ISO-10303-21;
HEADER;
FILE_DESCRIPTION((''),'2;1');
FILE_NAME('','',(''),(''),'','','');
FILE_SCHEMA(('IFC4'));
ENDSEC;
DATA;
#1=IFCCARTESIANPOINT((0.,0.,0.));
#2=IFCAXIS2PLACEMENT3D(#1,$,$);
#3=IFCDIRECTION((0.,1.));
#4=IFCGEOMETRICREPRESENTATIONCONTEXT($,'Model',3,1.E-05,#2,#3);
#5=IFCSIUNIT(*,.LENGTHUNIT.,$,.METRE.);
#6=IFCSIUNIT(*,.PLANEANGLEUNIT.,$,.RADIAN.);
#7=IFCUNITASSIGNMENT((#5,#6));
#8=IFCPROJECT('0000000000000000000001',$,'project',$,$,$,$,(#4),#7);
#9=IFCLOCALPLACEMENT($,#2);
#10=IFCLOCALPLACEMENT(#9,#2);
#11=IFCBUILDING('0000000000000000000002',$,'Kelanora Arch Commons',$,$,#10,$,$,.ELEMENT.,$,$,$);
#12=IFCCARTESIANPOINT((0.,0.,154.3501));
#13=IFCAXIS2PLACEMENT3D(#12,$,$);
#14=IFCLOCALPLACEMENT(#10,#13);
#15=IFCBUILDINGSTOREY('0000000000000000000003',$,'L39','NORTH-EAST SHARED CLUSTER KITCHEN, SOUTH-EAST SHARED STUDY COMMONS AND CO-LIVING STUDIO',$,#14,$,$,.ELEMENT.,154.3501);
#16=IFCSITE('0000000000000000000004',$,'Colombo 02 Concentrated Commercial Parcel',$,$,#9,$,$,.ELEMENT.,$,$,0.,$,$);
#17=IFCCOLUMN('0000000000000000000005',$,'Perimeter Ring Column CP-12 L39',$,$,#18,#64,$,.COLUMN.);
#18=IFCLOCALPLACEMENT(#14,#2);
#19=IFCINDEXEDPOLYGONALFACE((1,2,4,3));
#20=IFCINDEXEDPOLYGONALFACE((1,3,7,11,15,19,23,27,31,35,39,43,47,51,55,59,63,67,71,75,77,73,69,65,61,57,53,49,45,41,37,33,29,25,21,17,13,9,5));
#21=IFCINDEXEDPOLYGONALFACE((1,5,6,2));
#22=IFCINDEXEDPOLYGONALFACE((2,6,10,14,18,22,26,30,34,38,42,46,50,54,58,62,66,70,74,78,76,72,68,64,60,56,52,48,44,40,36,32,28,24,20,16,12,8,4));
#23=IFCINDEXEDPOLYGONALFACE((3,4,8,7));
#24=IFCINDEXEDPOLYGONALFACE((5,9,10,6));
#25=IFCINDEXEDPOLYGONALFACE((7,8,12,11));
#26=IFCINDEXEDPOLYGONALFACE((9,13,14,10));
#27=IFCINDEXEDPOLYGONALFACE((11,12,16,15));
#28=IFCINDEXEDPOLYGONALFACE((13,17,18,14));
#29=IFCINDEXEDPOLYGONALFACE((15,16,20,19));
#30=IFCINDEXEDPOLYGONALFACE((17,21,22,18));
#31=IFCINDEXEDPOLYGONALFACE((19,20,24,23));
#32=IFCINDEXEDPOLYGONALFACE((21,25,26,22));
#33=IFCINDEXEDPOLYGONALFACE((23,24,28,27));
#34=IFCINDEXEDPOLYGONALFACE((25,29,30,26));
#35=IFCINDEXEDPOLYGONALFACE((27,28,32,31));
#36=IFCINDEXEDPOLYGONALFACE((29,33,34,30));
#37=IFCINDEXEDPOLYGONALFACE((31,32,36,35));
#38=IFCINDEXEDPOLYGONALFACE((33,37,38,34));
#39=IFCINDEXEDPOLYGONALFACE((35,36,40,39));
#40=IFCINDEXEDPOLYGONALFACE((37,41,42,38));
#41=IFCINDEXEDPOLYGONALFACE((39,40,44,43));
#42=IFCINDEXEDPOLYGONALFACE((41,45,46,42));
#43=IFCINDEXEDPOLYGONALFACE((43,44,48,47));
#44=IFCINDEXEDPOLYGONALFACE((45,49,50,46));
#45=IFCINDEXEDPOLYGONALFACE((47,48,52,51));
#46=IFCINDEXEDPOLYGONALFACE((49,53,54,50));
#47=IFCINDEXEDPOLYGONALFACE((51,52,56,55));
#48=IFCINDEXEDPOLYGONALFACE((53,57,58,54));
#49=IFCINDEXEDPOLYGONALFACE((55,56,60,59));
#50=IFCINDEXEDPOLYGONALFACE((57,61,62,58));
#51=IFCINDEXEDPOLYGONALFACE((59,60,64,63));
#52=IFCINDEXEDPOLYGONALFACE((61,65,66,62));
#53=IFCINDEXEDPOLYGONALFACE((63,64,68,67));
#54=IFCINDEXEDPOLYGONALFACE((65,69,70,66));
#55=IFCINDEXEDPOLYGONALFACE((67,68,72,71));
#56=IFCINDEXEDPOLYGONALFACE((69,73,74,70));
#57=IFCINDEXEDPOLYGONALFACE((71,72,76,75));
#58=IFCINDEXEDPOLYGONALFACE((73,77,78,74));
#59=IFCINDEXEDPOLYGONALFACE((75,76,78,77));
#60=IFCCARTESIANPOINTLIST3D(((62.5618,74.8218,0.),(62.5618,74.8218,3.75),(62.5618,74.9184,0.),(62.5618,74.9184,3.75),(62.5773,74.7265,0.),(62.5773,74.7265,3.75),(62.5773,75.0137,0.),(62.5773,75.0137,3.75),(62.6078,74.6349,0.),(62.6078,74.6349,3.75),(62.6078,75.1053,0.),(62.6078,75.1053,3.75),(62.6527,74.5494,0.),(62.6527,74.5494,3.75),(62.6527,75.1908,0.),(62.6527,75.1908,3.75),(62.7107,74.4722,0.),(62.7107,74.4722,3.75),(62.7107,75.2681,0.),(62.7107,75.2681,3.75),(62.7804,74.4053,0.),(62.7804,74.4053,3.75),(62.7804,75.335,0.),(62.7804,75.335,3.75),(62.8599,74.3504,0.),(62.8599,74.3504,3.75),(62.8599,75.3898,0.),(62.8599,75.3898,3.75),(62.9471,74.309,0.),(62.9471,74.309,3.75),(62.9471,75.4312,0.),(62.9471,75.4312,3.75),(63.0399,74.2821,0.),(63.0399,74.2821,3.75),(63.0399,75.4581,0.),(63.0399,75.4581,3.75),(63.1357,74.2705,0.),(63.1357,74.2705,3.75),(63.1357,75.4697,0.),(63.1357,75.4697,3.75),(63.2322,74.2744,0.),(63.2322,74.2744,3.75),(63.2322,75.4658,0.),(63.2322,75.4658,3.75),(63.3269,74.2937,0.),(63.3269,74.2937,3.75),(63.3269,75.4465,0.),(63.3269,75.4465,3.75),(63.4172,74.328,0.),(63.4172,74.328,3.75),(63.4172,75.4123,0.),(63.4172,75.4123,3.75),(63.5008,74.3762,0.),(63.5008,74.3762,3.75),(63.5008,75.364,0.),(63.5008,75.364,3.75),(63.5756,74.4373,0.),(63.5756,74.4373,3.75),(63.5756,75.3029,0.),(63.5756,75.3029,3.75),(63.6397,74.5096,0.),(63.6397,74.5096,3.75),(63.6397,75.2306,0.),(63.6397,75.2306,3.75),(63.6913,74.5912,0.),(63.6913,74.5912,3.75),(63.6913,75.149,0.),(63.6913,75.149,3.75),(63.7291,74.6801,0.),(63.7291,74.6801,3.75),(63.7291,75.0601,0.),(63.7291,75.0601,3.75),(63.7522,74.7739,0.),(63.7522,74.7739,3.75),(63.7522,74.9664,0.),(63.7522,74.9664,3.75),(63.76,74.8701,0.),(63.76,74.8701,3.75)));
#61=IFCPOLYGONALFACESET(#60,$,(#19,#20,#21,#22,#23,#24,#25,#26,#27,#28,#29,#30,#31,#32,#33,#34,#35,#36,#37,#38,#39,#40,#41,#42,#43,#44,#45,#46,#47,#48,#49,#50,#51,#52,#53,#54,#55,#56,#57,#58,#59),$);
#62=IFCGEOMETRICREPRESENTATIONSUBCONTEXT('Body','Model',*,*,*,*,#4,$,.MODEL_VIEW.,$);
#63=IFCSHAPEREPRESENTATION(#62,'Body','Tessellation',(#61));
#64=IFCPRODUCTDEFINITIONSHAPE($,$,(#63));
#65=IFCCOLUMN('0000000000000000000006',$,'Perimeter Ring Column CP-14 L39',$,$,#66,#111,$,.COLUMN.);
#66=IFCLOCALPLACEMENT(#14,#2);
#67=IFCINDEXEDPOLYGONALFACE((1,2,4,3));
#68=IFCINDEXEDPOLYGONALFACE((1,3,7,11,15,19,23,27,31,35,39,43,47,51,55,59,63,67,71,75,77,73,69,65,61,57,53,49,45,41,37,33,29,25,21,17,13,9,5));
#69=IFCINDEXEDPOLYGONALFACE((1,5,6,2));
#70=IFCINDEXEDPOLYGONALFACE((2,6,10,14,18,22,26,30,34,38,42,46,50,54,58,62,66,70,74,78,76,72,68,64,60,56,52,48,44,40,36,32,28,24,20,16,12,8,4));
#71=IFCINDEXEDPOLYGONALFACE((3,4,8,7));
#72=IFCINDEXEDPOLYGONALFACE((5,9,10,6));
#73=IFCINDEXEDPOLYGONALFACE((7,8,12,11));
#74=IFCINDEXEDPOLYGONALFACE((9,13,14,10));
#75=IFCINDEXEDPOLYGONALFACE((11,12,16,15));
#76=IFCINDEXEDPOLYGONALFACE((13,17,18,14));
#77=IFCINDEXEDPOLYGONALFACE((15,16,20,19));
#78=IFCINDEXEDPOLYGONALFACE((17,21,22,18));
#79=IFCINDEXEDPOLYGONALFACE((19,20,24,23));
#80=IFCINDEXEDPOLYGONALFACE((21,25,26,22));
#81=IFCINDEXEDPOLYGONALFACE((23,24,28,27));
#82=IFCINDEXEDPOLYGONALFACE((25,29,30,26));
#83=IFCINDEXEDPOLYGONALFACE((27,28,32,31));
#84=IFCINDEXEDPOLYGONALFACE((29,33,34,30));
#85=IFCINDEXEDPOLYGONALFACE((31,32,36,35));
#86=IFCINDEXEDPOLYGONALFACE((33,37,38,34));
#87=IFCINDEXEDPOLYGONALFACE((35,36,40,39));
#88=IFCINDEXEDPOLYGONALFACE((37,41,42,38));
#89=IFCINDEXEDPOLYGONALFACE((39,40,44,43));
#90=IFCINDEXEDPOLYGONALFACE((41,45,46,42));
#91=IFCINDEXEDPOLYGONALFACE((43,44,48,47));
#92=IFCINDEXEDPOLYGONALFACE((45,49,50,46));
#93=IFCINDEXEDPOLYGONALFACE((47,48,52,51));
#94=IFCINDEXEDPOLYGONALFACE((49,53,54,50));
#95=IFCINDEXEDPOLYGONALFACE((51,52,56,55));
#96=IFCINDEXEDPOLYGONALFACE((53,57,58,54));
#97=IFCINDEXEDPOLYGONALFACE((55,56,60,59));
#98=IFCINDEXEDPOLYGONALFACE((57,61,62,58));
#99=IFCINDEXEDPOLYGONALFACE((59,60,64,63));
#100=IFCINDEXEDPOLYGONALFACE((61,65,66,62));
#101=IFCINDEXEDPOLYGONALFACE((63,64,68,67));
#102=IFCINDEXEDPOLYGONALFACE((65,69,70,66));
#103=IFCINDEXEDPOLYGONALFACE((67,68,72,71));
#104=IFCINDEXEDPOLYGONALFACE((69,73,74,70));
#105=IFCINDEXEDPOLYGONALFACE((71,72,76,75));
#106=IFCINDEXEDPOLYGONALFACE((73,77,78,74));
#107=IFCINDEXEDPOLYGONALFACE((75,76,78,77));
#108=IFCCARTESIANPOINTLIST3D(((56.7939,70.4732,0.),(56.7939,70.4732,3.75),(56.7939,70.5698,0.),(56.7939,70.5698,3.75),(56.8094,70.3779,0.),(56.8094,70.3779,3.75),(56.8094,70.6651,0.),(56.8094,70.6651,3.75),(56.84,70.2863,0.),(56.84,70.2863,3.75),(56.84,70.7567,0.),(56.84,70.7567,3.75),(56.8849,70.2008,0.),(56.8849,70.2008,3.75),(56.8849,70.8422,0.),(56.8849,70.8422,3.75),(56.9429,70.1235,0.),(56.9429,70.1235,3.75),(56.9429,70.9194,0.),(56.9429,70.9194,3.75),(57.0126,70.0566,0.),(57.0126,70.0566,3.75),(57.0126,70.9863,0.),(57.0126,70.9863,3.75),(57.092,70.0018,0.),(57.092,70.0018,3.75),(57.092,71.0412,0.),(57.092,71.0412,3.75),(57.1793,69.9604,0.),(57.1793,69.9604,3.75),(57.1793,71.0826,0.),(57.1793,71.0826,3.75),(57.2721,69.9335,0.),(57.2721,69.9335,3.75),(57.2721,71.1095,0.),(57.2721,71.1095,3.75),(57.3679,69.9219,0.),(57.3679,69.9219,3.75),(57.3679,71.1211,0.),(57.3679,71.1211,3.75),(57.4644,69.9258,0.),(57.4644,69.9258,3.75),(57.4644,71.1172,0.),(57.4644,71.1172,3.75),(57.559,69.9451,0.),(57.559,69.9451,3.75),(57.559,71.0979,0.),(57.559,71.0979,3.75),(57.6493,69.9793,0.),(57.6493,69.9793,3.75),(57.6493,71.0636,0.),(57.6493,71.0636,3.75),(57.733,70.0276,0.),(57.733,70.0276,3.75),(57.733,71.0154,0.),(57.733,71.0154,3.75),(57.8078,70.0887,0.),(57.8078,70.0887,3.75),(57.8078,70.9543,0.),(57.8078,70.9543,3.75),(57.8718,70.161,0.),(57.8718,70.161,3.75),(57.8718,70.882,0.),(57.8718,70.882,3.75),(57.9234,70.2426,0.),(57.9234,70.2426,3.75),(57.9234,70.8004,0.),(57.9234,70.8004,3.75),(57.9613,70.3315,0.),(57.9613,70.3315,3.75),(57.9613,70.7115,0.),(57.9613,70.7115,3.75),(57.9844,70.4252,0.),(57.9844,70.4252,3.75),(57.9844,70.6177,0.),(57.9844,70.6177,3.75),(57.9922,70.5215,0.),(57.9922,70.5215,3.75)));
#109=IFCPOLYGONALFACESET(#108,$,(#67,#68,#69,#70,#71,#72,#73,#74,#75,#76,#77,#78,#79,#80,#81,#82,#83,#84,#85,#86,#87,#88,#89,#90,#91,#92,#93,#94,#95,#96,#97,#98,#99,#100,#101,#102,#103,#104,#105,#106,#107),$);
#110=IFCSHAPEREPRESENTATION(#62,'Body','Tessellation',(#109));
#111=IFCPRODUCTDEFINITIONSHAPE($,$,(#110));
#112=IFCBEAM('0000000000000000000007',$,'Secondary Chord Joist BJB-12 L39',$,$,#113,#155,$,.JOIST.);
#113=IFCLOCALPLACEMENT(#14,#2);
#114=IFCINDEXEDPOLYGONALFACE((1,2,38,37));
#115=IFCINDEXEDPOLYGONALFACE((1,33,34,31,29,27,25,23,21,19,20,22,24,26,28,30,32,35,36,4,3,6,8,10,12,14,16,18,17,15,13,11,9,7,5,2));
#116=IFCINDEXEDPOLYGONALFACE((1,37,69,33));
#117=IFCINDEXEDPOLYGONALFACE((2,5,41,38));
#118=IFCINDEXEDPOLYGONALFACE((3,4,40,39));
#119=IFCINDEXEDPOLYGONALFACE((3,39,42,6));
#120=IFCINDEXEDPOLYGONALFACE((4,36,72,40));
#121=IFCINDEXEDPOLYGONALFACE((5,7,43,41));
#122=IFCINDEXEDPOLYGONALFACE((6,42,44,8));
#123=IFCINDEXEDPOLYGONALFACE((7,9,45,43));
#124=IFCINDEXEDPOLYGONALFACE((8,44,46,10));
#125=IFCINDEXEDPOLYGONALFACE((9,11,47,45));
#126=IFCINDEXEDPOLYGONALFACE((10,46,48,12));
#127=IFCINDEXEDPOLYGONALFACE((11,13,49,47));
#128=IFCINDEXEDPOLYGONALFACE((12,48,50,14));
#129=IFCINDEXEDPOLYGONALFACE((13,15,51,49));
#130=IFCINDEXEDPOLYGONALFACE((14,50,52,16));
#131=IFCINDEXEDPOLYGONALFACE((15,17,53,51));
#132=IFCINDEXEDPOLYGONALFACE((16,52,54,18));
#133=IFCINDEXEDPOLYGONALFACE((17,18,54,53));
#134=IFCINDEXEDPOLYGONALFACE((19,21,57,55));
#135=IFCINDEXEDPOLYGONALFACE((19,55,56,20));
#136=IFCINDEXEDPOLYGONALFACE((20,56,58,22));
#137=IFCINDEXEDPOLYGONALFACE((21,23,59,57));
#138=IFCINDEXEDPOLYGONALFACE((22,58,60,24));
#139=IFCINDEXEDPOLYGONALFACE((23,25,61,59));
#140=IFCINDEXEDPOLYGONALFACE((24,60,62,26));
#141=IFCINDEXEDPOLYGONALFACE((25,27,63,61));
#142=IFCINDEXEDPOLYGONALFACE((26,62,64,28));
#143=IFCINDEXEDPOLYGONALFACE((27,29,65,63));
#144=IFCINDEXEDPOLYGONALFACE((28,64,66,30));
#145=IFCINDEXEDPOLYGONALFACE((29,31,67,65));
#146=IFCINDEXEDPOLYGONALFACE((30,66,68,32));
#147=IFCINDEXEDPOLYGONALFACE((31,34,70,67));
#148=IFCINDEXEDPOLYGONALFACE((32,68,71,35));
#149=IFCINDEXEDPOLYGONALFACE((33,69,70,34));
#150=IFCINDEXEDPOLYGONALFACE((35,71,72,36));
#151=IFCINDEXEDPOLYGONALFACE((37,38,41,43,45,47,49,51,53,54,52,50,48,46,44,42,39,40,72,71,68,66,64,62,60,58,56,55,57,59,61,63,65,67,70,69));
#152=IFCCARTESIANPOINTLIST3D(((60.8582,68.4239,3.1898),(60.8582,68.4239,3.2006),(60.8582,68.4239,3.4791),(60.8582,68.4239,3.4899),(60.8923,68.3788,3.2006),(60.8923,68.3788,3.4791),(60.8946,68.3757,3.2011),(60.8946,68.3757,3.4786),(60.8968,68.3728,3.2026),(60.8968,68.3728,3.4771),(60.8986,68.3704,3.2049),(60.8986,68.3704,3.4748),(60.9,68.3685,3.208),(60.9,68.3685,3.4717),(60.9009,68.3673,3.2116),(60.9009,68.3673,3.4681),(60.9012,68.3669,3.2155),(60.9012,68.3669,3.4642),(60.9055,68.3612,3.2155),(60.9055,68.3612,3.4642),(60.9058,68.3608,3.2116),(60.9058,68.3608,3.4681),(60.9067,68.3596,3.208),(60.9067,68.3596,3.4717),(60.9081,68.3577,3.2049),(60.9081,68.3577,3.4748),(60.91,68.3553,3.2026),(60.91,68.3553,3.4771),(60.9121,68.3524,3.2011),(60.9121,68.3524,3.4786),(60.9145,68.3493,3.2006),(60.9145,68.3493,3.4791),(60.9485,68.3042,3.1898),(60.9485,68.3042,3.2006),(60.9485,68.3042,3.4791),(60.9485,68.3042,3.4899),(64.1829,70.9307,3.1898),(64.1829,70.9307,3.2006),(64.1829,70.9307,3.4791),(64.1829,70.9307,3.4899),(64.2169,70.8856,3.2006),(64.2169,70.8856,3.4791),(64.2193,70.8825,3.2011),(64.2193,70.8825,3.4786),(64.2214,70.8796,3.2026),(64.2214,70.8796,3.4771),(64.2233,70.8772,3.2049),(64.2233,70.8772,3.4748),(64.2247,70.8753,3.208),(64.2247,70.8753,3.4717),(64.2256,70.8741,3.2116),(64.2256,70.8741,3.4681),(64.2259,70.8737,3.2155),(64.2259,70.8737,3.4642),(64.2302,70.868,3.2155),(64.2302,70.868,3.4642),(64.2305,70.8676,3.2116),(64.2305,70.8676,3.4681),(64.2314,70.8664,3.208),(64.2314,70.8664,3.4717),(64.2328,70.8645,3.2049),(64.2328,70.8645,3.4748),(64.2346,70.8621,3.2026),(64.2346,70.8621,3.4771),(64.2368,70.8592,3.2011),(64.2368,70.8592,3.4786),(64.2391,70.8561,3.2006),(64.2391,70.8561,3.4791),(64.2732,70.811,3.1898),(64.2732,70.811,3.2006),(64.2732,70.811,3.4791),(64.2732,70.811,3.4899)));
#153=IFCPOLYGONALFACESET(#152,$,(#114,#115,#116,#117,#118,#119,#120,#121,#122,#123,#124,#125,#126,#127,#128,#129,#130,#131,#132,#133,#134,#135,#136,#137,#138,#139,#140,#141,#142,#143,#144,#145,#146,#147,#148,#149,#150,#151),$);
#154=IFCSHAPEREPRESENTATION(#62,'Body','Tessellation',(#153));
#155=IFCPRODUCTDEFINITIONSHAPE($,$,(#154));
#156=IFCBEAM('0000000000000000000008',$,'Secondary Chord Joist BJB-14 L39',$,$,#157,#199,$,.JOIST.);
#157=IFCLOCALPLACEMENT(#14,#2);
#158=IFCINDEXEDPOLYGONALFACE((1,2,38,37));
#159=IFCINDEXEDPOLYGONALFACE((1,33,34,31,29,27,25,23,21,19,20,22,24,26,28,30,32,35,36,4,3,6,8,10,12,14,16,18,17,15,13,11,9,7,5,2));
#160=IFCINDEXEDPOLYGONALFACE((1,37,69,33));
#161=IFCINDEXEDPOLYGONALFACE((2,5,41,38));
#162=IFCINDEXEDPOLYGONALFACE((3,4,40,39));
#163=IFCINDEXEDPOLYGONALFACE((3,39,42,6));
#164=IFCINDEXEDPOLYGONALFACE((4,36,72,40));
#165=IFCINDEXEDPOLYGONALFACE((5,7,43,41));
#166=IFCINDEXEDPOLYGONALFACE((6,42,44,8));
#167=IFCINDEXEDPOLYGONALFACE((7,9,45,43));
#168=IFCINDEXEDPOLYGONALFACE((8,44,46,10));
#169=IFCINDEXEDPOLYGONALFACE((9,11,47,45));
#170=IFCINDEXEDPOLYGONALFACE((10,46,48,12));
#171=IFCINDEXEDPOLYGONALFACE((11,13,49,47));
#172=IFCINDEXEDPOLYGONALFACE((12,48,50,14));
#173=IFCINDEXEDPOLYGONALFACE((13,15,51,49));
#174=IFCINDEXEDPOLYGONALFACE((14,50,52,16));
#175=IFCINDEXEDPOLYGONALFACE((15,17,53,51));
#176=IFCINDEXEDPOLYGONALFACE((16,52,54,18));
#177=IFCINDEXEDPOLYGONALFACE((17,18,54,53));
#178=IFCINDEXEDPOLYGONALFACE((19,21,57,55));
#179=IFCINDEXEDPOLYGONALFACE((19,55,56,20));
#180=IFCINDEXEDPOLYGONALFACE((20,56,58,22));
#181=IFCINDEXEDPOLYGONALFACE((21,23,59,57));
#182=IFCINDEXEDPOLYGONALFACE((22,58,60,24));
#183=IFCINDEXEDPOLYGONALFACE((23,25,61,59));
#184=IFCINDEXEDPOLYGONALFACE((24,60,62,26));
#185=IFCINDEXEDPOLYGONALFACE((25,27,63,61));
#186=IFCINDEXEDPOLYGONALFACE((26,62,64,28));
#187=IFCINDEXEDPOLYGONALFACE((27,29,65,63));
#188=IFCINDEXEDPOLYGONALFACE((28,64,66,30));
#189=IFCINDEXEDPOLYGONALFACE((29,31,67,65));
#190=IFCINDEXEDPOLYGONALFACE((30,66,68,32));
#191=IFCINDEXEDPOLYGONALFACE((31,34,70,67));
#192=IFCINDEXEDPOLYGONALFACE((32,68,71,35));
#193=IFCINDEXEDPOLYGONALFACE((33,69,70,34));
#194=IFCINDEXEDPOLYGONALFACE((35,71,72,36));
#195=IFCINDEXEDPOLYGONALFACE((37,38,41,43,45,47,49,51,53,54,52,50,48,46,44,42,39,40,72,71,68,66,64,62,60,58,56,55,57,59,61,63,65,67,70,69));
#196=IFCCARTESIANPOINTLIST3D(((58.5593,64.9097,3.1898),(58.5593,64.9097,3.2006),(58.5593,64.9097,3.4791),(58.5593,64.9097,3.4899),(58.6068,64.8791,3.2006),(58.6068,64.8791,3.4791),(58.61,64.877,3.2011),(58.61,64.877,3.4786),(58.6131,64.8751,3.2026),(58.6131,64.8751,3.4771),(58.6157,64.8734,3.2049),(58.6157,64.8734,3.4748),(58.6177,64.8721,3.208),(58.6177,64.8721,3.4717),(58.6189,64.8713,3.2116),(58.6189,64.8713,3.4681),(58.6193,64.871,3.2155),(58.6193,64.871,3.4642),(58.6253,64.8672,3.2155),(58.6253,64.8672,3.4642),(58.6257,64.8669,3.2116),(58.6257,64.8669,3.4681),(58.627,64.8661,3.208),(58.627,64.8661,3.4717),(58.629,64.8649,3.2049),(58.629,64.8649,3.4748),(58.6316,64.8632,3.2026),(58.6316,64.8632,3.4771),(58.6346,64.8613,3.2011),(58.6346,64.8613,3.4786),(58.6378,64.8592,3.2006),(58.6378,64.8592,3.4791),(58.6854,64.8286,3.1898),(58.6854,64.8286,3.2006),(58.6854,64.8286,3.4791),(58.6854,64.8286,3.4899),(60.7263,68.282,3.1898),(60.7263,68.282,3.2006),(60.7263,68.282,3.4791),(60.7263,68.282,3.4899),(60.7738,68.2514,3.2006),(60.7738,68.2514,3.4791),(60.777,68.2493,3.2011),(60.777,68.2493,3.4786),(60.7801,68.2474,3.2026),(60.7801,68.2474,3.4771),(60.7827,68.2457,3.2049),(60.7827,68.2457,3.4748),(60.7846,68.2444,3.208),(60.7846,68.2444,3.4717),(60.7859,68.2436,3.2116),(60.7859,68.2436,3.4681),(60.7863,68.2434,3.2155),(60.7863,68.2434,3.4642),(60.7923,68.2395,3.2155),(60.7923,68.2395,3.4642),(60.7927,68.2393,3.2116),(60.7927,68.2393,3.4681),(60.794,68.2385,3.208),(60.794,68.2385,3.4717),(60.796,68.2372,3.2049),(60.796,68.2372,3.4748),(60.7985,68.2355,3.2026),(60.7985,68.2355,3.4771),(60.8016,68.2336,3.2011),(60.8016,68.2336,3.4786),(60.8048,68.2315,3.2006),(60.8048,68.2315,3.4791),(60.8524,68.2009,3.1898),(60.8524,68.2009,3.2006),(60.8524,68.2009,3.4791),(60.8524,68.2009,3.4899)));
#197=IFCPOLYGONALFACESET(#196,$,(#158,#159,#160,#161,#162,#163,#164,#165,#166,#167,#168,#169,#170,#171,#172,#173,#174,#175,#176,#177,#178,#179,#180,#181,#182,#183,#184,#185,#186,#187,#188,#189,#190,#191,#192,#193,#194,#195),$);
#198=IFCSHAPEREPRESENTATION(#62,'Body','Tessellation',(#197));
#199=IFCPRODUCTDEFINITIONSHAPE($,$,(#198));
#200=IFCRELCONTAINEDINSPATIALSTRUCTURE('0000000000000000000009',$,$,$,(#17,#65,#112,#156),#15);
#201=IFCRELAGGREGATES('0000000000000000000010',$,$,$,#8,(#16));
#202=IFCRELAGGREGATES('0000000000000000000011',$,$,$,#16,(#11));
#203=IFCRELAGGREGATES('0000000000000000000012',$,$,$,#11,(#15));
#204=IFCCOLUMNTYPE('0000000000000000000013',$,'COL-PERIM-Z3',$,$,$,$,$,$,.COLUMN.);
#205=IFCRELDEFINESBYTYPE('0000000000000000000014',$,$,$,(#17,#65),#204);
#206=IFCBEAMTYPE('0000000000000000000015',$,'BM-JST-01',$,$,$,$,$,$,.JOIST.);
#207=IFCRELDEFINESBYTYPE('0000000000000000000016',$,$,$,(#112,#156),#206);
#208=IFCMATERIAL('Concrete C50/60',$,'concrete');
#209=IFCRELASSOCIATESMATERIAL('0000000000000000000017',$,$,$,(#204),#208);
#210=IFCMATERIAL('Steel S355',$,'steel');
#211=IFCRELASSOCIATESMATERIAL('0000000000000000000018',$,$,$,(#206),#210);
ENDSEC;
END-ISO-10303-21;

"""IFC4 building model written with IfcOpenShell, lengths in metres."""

from ifc_helpers import new_model, si_unit, direction, frame, origin, origin_2d, place, context, subcontext, project, spatial, circle, i_section, extrude, material, material_profile, profile_set, type_object, element, save


model = new_model("IFC4")

# Units and contexts
model_context = context("Model", 3, precision=1e-05, world=origin(), true_north=direction((0.0, 1.0)))
body_context = subcontext(model_context, "Body", "Model", "MODEL_VIEW")
ifc_project = project(units=[si_unit("LENGTHUNIT", "METRE"), si_unit("PLANEANGLEUNIT", "RADIAN")], contexts=[model_context])

# Site, building, storey
site_placement = place(None, origin())
site = spatial("IfcSite", under=ifc_project, at=site_placement, Name="Colombo 02 Concentrated Commercial Parcel", CompositionType="ELEMENT", RefElevation=0.0)
building_placement = place(site_placement, origin())
building = spatial("IfcBuilding", under=site, at=building_placement, Name="Kelanora Arch Commons", CompositionType="ELEMENT")
storey_placement = place(building_placement, frame((0.0, 0.0, 154.3501)))
storey = spatial("IfcBuildingStorey", under=building, at=storey_placement, Name="L39", Description="NORTH-EAST SHARED CLUSTER KITCHEN, SOUTH-EAST SHARED STUDY COMMONS AND CO-LIVING STUDIO", CompositionType="ELEMENT", Elevation=154.3501)

# Columns
ifc_material_1 = material(Name="Concrete C50/60", Category="concrete")
ifc_material_profile_1 = material_profile(ifc_material_1, circle(Radius=0.6001, at=origin_2d()), Name="RCC1200")
ifc_profile_set_1 = profile_set([ifc_material_profile_1], Name="Concrete C50/60")
column_type = type_object("IfcColumnType", Name="COL-PERIM-Z3", PredefinedType="COLUMN", material=ifc_profile_set_1)
for number, where, z_axis, x_axis, name in (
    (1, (63.1599, 74.8701, 0.0), (0.0, 0.0, 1.0), (1.0, 0.0, 0.0), "Perimeter Ring Column CP-12 L39"),
    (2, (57.3921, 70.5215, 0.0), (0.0, 0.0, 1.0), (1.0, 0.0, 0.0), "Perimeter Ring Column CP-14 L39"),
):
    element("IfcColumn", number, at=place(storey_placement, frame(where, z_axis=z_axis, x_axis=x_axis)), inside=storey, type_object=column_type, Name=name, PredefinedType="COLUMN", context=body_context, shape_type="SweptSolid", body=[
        extrude(circle(Radius=0.6001, at=origin_2d()), origin(), (0.0, 0.0, 1.0), 3.75),
    ])

# Beams
ifc_material_2 = material(Name="Steel S355", Category="steel")
ifc_material_profile_2 = material_profile(ifc_material_2, i_section(OverallWidth=0.1499, OverallDepth=0.3, WebThickness=0.0071, FlangeThickness=0.0107, FilletRadius=0.0149, at=origin_2d()), Name="IPE300")
ifc_profile_set_2 = profile_set([ifc_material_profile_2], Name="Steel S355")
beam_type_1 = type_object("IfcBeamType", Name="BM-JST-01", PredefinedType="JOIST", material=ifc_profile_set_2)
beam_1_placement = place(storey_placement, frame((64.228, 70.8708, 3.3398), z_axis=(-0.798464, -0.602043, 0.0), x_axis=(0.602043, -0.798464, 0.0)))
element("IfcBeam", 3, at=beam_1_placement, inside=storey, type_object=beam_type_1, Name="Secondary Chord Joist BJB-12 L39", PredefinedType="JOIST", context=body_context, shape_type="SweptSolid", body=[
    extrude(i_section(OverallWidth=0.1499, OverallDepth=0.3, WebThickness=0.0071, FlangeThickness=0.0107, FilletRadius=0.0149, at=origin_2d()), origin(), (0.0, 0.0, 1.0), 4.1638),
])
beam_2_placement = place(storey_placement, frame((60.7893, 68.2415, 3.3398), z_axis=(-0.540594, -0.841283, 0.0), x_axis=(0.841283, -0.540594, 0.0)))
element("IfcBeam", 4, at=beam_2_placement, inside=storey, type_object=beam_type_1, Name="Secondary Chord Joist BJB-14 L39", PredefinedType="JOIST", context=body_context, shape_type="SweptSolid", body=[
    extrude(i_section(OverallWidth=0.1499, OverallDepth=0.3, WebThickness=0.0071, FlangeThickness=0.0107, FilletRadius=0.0149, at=origin_2d()), origin(), (0.0, 0.0, 1.0), 4.0085),
])

save(model, "model.ifc")
